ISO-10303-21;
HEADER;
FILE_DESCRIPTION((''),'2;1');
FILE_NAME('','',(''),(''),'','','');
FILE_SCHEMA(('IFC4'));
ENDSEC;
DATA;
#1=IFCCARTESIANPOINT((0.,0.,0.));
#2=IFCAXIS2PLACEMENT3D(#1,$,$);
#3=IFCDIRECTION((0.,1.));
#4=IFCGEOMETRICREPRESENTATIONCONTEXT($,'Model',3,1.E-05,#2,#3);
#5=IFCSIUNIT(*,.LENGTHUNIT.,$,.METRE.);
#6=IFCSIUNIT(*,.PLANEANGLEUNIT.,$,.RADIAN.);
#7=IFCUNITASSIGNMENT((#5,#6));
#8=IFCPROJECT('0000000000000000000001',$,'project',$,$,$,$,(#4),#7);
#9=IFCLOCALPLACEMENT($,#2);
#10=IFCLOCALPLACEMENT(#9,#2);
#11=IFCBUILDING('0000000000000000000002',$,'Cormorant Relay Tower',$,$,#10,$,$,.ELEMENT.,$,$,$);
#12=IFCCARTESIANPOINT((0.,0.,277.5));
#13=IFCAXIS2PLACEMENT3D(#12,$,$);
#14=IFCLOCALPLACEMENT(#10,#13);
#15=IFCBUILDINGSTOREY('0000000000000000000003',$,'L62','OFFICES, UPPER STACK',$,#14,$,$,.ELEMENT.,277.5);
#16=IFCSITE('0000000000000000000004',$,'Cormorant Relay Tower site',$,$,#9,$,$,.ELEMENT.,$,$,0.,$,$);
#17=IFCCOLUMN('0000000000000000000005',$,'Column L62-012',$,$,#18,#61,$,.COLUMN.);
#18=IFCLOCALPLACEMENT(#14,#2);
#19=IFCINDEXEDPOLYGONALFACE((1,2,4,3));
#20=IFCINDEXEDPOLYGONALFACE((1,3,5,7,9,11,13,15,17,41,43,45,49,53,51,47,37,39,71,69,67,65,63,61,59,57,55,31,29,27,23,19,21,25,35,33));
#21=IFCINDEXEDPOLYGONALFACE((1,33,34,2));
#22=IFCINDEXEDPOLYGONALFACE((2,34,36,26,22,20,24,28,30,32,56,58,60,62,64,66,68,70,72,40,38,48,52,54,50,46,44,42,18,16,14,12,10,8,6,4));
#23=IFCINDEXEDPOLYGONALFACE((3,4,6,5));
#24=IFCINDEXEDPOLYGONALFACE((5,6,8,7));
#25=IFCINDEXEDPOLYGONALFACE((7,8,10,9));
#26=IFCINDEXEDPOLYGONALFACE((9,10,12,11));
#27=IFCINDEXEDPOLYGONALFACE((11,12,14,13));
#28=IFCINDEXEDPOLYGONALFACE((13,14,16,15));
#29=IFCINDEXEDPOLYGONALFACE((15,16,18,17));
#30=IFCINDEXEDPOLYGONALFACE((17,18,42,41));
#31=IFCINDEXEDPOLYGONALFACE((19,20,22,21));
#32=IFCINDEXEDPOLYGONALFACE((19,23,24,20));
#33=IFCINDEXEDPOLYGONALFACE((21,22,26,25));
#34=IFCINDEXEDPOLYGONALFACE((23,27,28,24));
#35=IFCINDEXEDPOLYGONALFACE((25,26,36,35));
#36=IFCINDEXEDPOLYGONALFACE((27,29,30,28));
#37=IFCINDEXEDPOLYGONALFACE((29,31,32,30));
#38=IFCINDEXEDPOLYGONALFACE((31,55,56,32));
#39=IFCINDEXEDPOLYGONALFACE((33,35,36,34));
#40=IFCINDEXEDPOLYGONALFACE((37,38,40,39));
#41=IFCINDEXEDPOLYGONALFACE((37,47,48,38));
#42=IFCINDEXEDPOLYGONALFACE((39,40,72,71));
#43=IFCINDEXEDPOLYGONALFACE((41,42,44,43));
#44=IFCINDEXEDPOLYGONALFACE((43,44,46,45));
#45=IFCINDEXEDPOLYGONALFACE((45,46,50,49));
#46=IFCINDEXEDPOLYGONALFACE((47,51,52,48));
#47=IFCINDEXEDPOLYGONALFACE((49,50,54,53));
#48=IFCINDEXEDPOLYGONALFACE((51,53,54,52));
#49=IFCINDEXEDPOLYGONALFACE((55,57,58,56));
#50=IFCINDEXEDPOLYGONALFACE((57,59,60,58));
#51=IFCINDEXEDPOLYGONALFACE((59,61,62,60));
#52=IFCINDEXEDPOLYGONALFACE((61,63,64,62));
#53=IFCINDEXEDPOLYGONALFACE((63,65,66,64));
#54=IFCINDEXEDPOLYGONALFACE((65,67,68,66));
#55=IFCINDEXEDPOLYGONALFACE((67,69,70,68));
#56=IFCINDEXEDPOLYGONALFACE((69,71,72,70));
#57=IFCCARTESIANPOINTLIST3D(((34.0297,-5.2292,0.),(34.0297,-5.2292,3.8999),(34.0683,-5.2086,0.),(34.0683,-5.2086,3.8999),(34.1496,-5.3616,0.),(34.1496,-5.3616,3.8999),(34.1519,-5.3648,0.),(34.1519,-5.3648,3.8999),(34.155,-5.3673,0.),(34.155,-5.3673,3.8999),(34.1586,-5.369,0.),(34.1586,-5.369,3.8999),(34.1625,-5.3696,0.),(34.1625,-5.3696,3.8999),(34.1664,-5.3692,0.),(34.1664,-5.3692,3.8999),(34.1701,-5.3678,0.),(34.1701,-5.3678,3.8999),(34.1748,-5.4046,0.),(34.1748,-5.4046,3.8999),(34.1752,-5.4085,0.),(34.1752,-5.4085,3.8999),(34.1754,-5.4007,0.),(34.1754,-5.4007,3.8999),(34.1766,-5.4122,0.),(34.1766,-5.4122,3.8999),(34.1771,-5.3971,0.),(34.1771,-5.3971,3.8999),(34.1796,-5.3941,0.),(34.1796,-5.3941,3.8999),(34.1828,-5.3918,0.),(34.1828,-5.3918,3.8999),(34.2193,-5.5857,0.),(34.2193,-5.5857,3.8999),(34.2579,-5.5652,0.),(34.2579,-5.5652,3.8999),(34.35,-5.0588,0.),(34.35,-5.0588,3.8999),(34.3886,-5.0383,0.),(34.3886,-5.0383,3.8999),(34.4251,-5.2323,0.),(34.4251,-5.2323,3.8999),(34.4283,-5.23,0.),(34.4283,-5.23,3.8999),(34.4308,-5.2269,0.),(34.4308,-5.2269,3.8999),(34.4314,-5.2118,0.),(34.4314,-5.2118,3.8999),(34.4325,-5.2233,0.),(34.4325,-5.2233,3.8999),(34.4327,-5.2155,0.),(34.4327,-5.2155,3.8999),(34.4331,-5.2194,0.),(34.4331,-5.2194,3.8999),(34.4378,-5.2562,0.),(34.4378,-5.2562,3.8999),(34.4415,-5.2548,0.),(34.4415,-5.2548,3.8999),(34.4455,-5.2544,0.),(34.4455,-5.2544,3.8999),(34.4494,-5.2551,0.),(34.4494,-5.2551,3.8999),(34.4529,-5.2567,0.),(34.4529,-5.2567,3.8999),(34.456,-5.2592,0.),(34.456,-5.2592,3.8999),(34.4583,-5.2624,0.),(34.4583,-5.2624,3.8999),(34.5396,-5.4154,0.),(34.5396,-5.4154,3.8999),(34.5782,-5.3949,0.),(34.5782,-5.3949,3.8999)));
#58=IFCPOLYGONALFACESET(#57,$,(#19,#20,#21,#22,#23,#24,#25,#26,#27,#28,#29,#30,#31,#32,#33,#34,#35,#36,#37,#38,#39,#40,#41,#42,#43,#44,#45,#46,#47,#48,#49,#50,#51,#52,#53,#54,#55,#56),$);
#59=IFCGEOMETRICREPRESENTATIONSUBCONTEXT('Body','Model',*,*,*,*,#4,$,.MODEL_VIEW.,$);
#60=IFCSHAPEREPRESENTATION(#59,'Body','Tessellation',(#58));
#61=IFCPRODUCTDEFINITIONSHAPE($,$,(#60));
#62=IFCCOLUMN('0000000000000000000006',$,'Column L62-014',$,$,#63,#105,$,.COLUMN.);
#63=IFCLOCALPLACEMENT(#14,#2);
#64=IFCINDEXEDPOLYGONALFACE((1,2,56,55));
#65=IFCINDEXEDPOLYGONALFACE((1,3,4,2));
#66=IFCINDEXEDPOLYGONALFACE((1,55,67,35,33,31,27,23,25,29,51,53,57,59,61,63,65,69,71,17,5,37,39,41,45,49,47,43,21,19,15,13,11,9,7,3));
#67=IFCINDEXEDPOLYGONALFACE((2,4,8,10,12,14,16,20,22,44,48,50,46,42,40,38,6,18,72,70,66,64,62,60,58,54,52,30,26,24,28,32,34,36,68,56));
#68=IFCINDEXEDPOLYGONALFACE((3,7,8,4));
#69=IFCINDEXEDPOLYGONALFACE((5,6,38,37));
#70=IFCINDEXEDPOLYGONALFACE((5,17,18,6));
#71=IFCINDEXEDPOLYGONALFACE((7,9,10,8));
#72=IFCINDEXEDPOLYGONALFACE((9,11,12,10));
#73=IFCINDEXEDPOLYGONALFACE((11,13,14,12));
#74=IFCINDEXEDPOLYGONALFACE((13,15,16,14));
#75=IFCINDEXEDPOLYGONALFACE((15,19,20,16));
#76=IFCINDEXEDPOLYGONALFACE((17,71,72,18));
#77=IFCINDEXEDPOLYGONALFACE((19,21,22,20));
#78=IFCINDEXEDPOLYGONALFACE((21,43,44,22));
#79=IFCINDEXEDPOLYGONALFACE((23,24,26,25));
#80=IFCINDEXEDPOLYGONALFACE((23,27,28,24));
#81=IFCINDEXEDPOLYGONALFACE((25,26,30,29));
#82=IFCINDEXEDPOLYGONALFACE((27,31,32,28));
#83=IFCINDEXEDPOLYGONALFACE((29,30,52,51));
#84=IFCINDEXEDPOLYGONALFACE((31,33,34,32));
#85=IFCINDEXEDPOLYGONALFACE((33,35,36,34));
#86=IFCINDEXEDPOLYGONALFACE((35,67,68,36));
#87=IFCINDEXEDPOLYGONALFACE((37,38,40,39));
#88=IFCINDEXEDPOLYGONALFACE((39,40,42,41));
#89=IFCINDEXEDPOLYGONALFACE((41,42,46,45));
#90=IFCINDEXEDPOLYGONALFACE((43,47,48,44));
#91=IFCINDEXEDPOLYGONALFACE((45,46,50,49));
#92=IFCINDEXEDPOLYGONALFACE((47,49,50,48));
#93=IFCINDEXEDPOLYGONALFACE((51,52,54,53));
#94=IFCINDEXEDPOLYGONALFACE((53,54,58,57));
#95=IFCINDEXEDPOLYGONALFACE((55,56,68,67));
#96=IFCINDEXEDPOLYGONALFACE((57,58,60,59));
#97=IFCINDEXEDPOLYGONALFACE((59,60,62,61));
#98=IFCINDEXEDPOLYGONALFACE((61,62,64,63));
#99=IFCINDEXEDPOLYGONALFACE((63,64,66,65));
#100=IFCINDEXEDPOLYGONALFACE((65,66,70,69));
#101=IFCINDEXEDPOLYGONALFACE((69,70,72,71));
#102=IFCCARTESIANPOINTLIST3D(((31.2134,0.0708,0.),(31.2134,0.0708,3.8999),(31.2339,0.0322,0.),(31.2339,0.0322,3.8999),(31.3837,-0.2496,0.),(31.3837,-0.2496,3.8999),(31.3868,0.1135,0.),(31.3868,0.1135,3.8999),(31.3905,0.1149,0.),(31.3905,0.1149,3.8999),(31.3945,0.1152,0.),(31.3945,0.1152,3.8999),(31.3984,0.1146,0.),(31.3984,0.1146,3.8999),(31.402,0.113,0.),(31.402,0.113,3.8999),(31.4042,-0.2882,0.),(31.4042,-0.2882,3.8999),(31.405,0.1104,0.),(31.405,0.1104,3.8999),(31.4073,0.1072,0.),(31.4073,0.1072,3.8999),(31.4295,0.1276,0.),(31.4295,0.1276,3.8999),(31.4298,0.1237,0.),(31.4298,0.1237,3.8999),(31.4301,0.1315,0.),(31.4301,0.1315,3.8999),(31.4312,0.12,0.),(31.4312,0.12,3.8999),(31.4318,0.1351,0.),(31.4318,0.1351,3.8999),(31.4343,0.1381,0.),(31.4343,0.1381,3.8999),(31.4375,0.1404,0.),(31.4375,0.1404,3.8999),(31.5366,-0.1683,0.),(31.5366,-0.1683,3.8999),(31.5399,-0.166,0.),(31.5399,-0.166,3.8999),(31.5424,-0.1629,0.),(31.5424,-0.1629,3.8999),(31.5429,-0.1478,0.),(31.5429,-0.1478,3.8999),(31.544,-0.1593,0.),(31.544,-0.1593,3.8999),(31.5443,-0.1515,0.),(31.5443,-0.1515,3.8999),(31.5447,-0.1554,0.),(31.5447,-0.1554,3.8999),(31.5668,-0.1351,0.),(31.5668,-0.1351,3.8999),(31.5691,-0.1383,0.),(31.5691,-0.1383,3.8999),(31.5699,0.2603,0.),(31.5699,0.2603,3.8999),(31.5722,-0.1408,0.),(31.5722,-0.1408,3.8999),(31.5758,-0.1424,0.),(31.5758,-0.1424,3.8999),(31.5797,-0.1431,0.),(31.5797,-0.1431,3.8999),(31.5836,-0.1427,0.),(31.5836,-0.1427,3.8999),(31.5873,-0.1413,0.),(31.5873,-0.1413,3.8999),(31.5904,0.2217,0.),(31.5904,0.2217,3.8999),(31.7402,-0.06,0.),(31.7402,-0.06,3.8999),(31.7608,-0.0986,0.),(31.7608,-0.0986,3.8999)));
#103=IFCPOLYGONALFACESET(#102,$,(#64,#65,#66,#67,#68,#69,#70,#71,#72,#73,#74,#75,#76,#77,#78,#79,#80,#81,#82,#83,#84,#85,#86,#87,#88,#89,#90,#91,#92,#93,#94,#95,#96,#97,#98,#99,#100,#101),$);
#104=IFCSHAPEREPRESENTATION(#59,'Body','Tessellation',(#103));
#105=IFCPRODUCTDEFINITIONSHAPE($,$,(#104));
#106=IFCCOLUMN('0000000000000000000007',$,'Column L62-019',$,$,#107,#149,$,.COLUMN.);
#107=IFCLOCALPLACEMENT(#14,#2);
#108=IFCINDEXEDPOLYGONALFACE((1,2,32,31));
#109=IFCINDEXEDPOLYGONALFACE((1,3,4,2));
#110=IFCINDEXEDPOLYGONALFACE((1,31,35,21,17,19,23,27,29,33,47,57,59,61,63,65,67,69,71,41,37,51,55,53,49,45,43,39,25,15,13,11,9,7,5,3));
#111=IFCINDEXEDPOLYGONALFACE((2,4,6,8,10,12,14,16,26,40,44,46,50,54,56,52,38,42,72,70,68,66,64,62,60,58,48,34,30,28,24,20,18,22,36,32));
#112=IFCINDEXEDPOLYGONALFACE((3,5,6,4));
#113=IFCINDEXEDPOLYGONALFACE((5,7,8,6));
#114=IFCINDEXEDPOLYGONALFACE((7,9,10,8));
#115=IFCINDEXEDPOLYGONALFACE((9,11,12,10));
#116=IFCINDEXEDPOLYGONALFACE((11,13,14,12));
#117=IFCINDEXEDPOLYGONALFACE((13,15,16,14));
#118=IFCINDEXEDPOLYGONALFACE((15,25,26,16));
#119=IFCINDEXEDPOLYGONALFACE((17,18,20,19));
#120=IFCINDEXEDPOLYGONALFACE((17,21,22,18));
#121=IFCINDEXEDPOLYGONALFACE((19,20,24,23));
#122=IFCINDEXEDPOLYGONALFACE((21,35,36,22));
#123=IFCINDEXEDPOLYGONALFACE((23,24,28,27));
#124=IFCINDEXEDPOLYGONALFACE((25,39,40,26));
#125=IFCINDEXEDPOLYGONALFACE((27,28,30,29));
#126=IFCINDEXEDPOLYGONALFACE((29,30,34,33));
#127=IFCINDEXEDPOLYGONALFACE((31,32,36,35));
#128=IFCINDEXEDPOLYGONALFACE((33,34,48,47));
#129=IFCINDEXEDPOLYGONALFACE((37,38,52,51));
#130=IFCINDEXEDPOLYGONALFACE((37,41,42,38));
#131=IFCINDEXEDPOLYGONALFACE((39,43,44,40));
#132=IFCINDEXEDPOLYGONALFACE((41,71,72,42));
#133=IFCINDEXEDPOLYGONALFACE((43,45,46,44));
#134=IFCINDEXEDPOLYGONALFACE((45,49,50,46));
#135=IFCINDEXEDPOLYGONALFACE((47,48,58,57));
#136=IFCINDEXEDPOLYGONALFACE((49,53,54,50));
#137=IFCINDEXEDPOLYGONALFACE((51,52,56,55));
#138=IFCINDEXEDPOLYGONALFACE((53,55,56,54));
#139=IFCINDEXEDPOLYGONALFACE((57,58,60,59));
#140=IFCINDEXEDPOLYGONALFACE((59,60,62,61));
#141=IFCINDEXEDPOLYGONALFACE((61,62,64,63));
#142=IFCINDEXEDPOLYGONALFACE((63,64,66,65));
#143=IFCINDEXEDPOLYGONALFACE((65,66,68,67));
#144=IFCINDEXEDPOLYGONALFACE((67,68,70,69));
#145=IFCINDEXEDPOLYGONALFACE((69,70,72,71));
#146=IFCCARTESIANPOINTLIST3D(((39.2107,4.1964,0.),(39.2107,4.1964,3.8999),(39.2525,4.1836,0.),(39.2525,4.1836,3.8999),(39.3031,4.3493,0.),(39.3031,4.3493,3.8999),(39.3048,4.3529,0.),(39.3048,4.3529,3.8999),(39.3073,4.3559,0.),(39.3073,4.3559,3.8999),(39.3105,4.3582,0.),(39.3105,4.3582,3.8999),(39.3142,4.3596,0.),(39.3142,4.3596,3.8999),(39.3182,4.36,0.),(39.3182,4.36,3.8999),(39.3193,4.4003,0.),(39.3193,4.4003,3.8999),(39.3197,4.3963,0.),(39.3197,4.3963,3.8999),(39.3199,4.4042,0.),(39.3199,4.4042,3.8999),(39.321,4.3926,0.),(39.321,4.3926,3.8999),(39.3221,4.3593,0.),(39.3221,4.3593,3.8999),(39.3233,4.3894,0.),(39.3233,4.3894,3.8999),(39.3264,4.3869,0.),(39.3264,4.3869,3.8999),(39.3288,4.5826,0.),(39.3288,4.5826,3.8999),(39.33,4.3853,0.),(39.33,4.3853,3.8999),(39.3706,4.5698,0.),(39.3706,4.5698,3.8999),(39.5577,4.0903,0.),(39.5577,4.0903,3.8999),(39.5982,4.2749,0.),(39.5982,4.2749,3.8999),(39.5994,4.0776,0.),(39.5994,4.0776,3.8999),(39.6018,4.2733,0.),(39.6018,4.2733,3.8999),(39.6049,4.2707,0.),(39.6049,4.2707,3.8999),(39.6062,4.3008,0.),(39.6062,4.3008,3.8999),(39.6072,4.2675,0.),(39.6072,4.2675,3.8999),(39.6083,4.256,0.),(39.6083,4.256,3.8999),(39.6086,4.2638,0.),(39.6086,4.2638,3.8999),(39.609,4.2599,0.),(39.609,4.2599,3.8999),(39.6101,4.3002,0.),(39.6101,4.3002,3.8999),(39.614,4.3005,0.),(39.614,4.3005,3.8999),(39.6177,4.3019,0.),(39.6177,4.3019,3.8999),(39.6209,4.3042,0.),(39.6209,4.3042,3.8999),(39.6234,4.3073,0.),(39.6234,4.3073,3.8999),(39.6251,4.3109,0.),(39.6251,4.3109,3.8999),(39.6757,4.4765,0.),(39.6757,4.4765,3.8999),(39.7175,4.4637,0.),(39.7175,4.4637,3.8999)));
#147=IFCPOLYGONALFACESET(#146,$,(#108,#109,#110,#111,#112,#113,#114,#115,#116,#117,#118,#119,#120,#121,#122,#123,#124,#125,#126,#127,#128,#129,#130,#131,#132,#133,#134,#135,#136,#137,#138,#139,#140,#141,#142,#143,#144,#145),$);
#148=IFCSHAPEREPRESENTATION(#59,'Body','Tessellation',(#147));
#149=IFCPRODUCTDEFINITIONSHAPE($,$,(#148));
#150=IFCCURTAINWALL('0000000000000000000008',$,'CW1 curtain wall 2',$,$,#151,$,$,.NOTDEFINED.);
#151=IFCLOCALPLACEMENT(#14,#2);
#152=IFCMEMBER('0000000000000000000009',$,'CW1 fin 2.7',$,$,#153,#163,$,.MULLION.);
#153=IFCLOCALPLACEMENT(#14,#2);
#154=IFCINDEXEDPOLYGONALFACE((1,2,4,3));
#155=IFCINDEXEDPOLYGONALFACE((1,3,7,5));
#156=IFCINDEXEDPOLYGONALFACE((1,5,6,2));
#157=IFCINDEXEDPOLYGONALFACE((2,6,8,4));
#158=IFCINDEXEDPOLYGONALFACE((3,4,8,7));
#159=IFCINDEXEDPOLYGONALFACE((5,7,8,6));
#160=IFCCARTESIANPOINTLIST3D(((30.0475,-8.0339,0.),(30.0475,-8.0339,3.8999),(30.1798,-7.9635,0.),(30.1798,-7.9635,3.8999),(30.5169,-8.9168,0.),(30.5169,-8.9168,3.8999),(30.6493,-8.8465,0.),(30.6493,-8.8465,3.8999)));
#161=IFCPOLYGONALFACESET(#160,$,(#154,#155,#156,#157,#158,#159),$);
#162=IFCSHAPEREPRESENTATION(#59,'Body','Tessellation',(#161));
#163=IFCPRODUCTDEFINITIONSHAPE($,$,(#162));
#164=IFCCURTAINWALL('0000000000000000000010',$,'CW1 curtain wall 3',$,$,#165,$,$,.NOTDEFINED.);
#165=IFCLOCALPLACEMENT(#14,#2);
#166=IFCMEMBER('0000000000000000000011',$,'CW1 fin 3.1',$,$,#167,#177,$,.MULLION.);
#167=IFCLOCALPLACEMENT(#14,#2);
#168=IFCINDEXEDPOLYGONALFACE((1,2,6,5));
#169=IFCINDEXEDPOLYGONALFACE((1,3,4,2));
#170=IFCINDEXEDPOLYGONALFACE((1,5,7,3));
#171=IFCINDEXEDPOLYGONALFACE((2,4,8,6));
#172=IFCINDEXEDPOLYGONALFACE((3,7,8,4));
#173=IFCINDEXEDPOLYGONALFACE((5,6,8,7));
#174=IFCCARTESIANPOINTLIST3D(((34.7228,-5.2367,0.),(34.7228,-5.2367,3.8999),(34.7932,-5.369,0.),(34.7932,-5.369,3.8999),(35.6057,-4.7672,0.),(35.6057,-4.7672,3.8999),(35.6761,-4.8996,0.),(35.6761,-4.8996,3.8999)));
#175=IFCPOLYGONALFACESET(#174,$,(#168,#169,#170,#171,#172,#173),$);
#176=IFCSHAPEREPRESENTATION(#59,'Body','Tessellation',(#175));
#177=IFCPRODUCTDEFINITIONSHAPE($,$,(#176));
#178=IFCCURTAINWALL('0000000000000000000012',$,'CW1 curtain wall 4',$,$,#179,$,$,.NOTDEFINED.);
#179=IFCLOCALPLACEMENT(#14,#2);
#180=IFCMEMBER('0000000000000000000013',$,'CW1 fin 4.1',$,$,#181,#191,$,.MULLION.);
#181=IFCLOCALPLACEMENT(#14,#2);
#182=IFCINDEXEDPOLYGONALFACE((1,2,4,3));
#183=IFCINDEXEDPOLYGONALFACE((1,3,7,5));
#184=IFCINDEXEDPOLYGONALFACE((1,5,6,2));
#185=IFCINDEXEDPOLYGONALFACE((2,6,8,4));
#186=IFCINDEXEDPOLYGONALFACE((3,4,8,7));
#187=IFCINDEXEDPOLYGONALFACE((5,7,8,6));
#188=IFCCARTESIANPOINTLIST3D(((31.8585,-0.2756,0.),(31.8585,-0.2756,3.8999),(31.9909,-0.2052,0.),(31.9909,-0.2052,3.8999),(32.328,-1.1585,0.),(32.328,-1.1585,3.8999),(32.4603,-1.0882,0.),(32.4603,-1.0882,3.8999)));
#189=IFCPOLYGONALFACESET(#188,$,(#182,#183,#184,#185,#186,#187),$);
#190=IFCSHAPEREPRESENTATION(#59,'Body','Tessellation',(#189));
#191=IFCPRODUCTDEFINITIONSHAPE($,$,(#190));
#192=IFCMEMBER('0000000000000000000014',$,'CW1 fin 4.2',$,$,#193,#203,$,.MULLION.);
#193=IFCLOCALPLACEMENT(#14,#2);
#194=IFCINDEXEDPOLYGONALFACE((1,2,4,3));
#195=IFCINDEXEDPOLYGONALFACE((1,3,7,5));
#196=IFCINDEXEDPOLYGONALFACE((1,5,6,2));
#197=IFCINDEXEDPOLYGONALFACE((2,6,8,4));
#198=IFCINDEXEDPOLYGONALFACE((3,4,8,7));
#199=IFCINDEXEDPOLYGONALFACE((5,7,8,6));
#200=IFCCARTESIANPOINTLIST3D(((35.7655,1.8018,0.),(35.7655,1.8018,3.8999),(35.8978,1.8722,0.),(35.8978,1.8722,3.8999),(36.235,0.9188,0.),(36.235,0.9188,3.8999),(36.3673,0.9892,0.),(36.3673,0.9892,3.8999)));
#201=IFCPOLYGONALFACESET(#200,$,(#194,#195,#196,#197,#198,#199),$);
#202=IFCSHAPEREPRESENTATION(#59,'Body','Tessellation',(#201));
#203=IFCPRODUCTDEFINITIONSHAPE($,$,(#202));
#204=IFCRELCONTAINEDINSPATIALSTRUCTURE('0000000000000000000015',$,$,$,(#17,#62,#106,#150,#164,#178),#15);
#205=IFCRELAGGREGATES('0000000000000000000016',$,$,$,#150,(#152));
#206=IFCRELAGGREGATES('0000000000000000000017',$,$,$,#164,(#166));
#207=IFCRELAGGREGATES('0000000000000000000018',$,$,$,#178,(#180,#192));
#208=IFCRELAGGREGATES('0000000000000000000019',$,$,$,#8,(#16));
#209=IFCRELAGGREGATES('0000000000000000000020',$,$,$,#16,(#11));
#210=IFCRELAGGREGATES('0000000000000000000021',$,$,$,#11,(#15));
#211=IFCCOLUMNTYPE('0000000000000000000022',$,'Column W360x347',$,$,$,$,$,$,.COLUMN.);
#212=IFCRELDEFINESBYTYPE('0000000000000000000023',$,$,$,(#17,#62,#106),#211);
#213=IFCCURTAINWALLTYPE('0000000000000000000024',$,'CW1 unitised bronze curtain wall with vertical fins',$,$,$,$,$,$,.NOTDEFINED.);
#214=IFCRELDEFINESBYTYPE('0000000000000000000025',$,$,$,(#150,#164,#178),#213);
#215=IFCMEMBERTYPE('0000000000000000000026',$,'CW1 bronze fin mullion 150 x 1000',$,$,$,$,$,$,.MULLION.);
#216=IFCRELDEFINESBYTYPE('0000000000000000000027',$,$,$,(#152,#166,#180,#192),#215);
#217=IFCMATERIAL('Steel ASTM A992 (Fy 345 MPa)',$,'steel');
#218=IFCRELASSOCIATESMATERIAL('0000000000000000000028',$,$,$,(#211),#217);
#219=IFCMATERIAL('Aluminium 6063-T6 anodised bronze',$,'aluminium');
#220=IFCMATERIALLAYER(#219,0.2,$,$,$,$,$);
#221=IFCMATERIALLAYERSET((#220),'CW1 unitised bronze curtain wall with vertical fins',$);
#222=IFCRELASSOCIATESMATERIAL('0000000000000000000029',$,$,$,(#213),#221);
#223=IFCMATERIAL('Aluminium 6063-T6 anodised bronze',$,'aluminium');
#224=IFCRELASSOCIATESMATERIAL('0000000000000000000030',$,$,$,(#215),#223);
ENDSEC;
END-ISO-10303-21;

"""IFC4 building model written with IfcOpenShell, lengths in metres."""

from ifc_helpers import new_model, si_unit, direction, frame, origin, origin_2d, place, context, subcontext, project, spatial, rectangle, i_section, extrude, material, layer, layer_set, material_profile, profile_set, type_object, element, aggregate, save


model = new_model("IFC4")

# Units and contexts
model_context = context("Model", 3, precision=1e-05, world=origin(), true_north=direction((0.0, 1.0)))
body_context = subcontext(model_context, "Body", "Model", "MODEL_VIEW")
ifc_project = project(units=[si_unit("LENGTHUNIT", "METRE"), si_unit("PLANEANGLEUNIT", "RADIAN")], contexts=[model_context])

# Site, building, storey
site_placement = place(None, origin())
site = spatial("IfcSite", under=ifc_project, at=site_placement, Name="Cormorant Relay Tower site", CompositionType="ELEMENT", RefElevation=0.0)
building_placement = place(site_placement, origin())
building = spatial("IfcBuilding", under=site, at=building_placement, Name="Cormorant Relay Tower", CompositionType="ELEMENT")
storey_placement = place(building_placement, frame((0.0, 0.0, 277.5)))
storey = spatial("IfcBuildingStorey", under=building, at=storey_placement, Name="L62", Description="OFFICES, UPPER STACK", CompositionType="ELEMENT", Elevation=277.5)

# Columns
ifc_material_1 = material(Name="Steel ASTM A992 (Fy 345 MPa)", Category="steel")
ifc_material_profile_1 = material_profile(ifc_material_1, i_section(OverallWidth=0.4038, OverallDepth=0.4065, WebThickness=0.0271, FlangeThickness=0.0437, FilletRadius=0.0151, at=origin_2d()), Name="W360x347")
ifc_profile_set_1 = profile_set([ifc_material_profile_1], Name="Steel ASTM A992 (Fy 345 MPa)")
column_type = type_object("IfcColumnType", Name="Column W360x347", PredefinedType="COLUMN", material=ifc_profile_set_1)
for number, where, z_axis, x_axis, name in (
    (1, (34.304, -5.312, 0.0), (0.0, 0.0, 1.0), (-0.469472, 0.882948, 0.0), "Column L62-012"),
    (2, (31.4871, -0.0139, 0.0), (0.0, 0.0, 1.0), (0.882948, 0.469472, 0.0), "Column L62-014"),
    (3, (39.4641, 4.3301, 0.0), (0.0, 0.0, 1.0), (0.292372, 0.956305, 0.0), "Column L62-019"),
):
    element("IfcColumn", number, at=place(storey_placement, frame(where, z_axis=z_axis, x_axis=x_axis)), inside=storey, type_object=column_type, Name=name, PredefinedType="COLUMN", context=body_context, shape_type="SweptSolid", body=[
        extrude(i_section(OverallWidth=0.4038, OverallDepth=0.4065, WebThickness=0.0271, FlangeThickness=0.0437, FilletRadius=0.0151, at=origin_2d()), origin(), (0.0, 0.0, 1.0), 3.8999),
    ])

# Curtain walls, members
ifc_material_2 = material(Name="Aluminium 6063-T6 anodised bronze", Category="aluminium")
ifc_layer_1 = layer(ifc_material_2, 0.2)
ifc_layer_set_1 = layer_set([ifc_layer_1], Name="CW1 unitised bronze curtain wall with vertical fins")
curtain_wall_type = type_object("IfcCurtainWallType", Name="CW1 unitised bronze curtain wall with vertical fins", PredefinedType="NOTDEFINED", material=ifc_layer_set_1)
curtain_wall_1_placement = place(storey_placement, origin())
curtain_wall_1 = element("IfcCurtainWall", 4, at=curtain_wall_1_placement, inside=storey, type_object=curtain_wall_type, Name="CW1 curtain wall 2", PredefinedType="NOTDEFINED")
ifc_material_3 = material(Name="Aluminium 6063-T6 anodised bronze", Category="aluminium")
ifc_material_profile_2 = material_profile(ifc_material_3, rectangle(XDim=0.1499, YDim=1.0, at=origin_2d()), Name="AL 150x1000")
ifc_profile_set_2 = profile_set([ifc_material_profile_2], Name="Aluminium 6063-T6 anodised bronze")
member_type_1 = type_object("IfcMemberType", Name="CW1 bronze fin mullion 150 x 1000", PredefinedType="MULLION", material=ifc_profile_set_2)
member_1_placement = place(storey_placement, frame((30.3484, -8.4402, 0.0), z_axis=(0.0, 0.0, 1.0), x_axis=(0.882948, 0.469472, 0.0)))
member_1 = element("IfcMember", 5, at=member_1_placement, type_object=member_type_1, Name="CW1 fin 2.7", PredefinedType="MULLION", context=body_context, shape_type="SweptSolid", body=[
    extrude(rectangle(XDim=0.1499, YDim=1.0, at=origin_2d()), origin(), (0.0, 0.0, 1.0), 3.8999),
])
curtain_wall_2_placement = place(storey_placement, origin())
curtain_wall_2 = element("IfcCurtainWall", 6, at=curtain_wall_2_placement, inside=storey, type_object=curtain_wall_type, Name="CW1 curtain wall 3", PredefinedType="NOTDEFINED")
member_2_placement = place(storey_placement, frame((35.1995, -5.0681, 0.0), z_axis=(0.0, 0.0, 1.0), x_axis=(-0.469472, 0.882948, 0.0)))
member_2 = element("IfcMember", 7, at=member_2_placement, type_object=member_type_1, Name="CW1 fin 3.1", PredefinedType="MULLION", context=body_context, shape_type="SweptSolid", body=[
    extrude(rectangle(XDim=0.1499, YDim=1.0, at=origin_2d()), origin(), (0.0, 0.0, 1.0), 3.8999),
])

# Curtain wall, members
curtain_wall_3_placement = place(storey_placement, origin())
curtain_wall_3 = element("IfcCurtainWall", 8, at=curtain_wall_3_placement, inside=storey, type_object=curtain_wall_type, Name="CW1 curtain wall 4", PredefinedType="NOTDEFINED")
member_3_placement = place(storey_placement, frame((32.1594, -0.6819, 0.0), z_axis=(0.0, 0.0, 1.0), x_axis=(0.882948, 0.469472, 0.0)))
member_3 = element("IfcMember", 9, at=member_3_placement, type_object=member_type_1, Name="CW1 fin 4.1", PredefinedType="MULLION", context=body_context, shape_type="SweptSolid", body=[
    extrude(rectangle(XDim=0.1499, YDim=1.0, at=origin_2d()), origin(), (0.0, 0.0, 1.0), 3.8999),
])
member_4_placement = place(storey_placement, frame((36.0664, 1.3955, 0.0), z_axis=(0.0, 0.0, 1.0), x_axis=(0.882948, 0.469472, 0.0)))
member_4 = element("IfcMember", 10, at=member_4_placement, type_object=member_type_1, Name="CW1 fin 4.2", PredefinedType="MULLION", context=body_context, shape_type="SweptSolid", body=[
    extrude(rectangle(XDim=0.1499, YDim=1.0, at=origin_2d()), origin(), (0.0, 0.0, 1.0), 3.8999),
])

aggregate(curtain_wall_1, [member_1])
aggregate(curtain_wall_2, [member_2])
aggregate(curtain_wall_3, [member_3, member_4])

save(model, "model.ifc")
